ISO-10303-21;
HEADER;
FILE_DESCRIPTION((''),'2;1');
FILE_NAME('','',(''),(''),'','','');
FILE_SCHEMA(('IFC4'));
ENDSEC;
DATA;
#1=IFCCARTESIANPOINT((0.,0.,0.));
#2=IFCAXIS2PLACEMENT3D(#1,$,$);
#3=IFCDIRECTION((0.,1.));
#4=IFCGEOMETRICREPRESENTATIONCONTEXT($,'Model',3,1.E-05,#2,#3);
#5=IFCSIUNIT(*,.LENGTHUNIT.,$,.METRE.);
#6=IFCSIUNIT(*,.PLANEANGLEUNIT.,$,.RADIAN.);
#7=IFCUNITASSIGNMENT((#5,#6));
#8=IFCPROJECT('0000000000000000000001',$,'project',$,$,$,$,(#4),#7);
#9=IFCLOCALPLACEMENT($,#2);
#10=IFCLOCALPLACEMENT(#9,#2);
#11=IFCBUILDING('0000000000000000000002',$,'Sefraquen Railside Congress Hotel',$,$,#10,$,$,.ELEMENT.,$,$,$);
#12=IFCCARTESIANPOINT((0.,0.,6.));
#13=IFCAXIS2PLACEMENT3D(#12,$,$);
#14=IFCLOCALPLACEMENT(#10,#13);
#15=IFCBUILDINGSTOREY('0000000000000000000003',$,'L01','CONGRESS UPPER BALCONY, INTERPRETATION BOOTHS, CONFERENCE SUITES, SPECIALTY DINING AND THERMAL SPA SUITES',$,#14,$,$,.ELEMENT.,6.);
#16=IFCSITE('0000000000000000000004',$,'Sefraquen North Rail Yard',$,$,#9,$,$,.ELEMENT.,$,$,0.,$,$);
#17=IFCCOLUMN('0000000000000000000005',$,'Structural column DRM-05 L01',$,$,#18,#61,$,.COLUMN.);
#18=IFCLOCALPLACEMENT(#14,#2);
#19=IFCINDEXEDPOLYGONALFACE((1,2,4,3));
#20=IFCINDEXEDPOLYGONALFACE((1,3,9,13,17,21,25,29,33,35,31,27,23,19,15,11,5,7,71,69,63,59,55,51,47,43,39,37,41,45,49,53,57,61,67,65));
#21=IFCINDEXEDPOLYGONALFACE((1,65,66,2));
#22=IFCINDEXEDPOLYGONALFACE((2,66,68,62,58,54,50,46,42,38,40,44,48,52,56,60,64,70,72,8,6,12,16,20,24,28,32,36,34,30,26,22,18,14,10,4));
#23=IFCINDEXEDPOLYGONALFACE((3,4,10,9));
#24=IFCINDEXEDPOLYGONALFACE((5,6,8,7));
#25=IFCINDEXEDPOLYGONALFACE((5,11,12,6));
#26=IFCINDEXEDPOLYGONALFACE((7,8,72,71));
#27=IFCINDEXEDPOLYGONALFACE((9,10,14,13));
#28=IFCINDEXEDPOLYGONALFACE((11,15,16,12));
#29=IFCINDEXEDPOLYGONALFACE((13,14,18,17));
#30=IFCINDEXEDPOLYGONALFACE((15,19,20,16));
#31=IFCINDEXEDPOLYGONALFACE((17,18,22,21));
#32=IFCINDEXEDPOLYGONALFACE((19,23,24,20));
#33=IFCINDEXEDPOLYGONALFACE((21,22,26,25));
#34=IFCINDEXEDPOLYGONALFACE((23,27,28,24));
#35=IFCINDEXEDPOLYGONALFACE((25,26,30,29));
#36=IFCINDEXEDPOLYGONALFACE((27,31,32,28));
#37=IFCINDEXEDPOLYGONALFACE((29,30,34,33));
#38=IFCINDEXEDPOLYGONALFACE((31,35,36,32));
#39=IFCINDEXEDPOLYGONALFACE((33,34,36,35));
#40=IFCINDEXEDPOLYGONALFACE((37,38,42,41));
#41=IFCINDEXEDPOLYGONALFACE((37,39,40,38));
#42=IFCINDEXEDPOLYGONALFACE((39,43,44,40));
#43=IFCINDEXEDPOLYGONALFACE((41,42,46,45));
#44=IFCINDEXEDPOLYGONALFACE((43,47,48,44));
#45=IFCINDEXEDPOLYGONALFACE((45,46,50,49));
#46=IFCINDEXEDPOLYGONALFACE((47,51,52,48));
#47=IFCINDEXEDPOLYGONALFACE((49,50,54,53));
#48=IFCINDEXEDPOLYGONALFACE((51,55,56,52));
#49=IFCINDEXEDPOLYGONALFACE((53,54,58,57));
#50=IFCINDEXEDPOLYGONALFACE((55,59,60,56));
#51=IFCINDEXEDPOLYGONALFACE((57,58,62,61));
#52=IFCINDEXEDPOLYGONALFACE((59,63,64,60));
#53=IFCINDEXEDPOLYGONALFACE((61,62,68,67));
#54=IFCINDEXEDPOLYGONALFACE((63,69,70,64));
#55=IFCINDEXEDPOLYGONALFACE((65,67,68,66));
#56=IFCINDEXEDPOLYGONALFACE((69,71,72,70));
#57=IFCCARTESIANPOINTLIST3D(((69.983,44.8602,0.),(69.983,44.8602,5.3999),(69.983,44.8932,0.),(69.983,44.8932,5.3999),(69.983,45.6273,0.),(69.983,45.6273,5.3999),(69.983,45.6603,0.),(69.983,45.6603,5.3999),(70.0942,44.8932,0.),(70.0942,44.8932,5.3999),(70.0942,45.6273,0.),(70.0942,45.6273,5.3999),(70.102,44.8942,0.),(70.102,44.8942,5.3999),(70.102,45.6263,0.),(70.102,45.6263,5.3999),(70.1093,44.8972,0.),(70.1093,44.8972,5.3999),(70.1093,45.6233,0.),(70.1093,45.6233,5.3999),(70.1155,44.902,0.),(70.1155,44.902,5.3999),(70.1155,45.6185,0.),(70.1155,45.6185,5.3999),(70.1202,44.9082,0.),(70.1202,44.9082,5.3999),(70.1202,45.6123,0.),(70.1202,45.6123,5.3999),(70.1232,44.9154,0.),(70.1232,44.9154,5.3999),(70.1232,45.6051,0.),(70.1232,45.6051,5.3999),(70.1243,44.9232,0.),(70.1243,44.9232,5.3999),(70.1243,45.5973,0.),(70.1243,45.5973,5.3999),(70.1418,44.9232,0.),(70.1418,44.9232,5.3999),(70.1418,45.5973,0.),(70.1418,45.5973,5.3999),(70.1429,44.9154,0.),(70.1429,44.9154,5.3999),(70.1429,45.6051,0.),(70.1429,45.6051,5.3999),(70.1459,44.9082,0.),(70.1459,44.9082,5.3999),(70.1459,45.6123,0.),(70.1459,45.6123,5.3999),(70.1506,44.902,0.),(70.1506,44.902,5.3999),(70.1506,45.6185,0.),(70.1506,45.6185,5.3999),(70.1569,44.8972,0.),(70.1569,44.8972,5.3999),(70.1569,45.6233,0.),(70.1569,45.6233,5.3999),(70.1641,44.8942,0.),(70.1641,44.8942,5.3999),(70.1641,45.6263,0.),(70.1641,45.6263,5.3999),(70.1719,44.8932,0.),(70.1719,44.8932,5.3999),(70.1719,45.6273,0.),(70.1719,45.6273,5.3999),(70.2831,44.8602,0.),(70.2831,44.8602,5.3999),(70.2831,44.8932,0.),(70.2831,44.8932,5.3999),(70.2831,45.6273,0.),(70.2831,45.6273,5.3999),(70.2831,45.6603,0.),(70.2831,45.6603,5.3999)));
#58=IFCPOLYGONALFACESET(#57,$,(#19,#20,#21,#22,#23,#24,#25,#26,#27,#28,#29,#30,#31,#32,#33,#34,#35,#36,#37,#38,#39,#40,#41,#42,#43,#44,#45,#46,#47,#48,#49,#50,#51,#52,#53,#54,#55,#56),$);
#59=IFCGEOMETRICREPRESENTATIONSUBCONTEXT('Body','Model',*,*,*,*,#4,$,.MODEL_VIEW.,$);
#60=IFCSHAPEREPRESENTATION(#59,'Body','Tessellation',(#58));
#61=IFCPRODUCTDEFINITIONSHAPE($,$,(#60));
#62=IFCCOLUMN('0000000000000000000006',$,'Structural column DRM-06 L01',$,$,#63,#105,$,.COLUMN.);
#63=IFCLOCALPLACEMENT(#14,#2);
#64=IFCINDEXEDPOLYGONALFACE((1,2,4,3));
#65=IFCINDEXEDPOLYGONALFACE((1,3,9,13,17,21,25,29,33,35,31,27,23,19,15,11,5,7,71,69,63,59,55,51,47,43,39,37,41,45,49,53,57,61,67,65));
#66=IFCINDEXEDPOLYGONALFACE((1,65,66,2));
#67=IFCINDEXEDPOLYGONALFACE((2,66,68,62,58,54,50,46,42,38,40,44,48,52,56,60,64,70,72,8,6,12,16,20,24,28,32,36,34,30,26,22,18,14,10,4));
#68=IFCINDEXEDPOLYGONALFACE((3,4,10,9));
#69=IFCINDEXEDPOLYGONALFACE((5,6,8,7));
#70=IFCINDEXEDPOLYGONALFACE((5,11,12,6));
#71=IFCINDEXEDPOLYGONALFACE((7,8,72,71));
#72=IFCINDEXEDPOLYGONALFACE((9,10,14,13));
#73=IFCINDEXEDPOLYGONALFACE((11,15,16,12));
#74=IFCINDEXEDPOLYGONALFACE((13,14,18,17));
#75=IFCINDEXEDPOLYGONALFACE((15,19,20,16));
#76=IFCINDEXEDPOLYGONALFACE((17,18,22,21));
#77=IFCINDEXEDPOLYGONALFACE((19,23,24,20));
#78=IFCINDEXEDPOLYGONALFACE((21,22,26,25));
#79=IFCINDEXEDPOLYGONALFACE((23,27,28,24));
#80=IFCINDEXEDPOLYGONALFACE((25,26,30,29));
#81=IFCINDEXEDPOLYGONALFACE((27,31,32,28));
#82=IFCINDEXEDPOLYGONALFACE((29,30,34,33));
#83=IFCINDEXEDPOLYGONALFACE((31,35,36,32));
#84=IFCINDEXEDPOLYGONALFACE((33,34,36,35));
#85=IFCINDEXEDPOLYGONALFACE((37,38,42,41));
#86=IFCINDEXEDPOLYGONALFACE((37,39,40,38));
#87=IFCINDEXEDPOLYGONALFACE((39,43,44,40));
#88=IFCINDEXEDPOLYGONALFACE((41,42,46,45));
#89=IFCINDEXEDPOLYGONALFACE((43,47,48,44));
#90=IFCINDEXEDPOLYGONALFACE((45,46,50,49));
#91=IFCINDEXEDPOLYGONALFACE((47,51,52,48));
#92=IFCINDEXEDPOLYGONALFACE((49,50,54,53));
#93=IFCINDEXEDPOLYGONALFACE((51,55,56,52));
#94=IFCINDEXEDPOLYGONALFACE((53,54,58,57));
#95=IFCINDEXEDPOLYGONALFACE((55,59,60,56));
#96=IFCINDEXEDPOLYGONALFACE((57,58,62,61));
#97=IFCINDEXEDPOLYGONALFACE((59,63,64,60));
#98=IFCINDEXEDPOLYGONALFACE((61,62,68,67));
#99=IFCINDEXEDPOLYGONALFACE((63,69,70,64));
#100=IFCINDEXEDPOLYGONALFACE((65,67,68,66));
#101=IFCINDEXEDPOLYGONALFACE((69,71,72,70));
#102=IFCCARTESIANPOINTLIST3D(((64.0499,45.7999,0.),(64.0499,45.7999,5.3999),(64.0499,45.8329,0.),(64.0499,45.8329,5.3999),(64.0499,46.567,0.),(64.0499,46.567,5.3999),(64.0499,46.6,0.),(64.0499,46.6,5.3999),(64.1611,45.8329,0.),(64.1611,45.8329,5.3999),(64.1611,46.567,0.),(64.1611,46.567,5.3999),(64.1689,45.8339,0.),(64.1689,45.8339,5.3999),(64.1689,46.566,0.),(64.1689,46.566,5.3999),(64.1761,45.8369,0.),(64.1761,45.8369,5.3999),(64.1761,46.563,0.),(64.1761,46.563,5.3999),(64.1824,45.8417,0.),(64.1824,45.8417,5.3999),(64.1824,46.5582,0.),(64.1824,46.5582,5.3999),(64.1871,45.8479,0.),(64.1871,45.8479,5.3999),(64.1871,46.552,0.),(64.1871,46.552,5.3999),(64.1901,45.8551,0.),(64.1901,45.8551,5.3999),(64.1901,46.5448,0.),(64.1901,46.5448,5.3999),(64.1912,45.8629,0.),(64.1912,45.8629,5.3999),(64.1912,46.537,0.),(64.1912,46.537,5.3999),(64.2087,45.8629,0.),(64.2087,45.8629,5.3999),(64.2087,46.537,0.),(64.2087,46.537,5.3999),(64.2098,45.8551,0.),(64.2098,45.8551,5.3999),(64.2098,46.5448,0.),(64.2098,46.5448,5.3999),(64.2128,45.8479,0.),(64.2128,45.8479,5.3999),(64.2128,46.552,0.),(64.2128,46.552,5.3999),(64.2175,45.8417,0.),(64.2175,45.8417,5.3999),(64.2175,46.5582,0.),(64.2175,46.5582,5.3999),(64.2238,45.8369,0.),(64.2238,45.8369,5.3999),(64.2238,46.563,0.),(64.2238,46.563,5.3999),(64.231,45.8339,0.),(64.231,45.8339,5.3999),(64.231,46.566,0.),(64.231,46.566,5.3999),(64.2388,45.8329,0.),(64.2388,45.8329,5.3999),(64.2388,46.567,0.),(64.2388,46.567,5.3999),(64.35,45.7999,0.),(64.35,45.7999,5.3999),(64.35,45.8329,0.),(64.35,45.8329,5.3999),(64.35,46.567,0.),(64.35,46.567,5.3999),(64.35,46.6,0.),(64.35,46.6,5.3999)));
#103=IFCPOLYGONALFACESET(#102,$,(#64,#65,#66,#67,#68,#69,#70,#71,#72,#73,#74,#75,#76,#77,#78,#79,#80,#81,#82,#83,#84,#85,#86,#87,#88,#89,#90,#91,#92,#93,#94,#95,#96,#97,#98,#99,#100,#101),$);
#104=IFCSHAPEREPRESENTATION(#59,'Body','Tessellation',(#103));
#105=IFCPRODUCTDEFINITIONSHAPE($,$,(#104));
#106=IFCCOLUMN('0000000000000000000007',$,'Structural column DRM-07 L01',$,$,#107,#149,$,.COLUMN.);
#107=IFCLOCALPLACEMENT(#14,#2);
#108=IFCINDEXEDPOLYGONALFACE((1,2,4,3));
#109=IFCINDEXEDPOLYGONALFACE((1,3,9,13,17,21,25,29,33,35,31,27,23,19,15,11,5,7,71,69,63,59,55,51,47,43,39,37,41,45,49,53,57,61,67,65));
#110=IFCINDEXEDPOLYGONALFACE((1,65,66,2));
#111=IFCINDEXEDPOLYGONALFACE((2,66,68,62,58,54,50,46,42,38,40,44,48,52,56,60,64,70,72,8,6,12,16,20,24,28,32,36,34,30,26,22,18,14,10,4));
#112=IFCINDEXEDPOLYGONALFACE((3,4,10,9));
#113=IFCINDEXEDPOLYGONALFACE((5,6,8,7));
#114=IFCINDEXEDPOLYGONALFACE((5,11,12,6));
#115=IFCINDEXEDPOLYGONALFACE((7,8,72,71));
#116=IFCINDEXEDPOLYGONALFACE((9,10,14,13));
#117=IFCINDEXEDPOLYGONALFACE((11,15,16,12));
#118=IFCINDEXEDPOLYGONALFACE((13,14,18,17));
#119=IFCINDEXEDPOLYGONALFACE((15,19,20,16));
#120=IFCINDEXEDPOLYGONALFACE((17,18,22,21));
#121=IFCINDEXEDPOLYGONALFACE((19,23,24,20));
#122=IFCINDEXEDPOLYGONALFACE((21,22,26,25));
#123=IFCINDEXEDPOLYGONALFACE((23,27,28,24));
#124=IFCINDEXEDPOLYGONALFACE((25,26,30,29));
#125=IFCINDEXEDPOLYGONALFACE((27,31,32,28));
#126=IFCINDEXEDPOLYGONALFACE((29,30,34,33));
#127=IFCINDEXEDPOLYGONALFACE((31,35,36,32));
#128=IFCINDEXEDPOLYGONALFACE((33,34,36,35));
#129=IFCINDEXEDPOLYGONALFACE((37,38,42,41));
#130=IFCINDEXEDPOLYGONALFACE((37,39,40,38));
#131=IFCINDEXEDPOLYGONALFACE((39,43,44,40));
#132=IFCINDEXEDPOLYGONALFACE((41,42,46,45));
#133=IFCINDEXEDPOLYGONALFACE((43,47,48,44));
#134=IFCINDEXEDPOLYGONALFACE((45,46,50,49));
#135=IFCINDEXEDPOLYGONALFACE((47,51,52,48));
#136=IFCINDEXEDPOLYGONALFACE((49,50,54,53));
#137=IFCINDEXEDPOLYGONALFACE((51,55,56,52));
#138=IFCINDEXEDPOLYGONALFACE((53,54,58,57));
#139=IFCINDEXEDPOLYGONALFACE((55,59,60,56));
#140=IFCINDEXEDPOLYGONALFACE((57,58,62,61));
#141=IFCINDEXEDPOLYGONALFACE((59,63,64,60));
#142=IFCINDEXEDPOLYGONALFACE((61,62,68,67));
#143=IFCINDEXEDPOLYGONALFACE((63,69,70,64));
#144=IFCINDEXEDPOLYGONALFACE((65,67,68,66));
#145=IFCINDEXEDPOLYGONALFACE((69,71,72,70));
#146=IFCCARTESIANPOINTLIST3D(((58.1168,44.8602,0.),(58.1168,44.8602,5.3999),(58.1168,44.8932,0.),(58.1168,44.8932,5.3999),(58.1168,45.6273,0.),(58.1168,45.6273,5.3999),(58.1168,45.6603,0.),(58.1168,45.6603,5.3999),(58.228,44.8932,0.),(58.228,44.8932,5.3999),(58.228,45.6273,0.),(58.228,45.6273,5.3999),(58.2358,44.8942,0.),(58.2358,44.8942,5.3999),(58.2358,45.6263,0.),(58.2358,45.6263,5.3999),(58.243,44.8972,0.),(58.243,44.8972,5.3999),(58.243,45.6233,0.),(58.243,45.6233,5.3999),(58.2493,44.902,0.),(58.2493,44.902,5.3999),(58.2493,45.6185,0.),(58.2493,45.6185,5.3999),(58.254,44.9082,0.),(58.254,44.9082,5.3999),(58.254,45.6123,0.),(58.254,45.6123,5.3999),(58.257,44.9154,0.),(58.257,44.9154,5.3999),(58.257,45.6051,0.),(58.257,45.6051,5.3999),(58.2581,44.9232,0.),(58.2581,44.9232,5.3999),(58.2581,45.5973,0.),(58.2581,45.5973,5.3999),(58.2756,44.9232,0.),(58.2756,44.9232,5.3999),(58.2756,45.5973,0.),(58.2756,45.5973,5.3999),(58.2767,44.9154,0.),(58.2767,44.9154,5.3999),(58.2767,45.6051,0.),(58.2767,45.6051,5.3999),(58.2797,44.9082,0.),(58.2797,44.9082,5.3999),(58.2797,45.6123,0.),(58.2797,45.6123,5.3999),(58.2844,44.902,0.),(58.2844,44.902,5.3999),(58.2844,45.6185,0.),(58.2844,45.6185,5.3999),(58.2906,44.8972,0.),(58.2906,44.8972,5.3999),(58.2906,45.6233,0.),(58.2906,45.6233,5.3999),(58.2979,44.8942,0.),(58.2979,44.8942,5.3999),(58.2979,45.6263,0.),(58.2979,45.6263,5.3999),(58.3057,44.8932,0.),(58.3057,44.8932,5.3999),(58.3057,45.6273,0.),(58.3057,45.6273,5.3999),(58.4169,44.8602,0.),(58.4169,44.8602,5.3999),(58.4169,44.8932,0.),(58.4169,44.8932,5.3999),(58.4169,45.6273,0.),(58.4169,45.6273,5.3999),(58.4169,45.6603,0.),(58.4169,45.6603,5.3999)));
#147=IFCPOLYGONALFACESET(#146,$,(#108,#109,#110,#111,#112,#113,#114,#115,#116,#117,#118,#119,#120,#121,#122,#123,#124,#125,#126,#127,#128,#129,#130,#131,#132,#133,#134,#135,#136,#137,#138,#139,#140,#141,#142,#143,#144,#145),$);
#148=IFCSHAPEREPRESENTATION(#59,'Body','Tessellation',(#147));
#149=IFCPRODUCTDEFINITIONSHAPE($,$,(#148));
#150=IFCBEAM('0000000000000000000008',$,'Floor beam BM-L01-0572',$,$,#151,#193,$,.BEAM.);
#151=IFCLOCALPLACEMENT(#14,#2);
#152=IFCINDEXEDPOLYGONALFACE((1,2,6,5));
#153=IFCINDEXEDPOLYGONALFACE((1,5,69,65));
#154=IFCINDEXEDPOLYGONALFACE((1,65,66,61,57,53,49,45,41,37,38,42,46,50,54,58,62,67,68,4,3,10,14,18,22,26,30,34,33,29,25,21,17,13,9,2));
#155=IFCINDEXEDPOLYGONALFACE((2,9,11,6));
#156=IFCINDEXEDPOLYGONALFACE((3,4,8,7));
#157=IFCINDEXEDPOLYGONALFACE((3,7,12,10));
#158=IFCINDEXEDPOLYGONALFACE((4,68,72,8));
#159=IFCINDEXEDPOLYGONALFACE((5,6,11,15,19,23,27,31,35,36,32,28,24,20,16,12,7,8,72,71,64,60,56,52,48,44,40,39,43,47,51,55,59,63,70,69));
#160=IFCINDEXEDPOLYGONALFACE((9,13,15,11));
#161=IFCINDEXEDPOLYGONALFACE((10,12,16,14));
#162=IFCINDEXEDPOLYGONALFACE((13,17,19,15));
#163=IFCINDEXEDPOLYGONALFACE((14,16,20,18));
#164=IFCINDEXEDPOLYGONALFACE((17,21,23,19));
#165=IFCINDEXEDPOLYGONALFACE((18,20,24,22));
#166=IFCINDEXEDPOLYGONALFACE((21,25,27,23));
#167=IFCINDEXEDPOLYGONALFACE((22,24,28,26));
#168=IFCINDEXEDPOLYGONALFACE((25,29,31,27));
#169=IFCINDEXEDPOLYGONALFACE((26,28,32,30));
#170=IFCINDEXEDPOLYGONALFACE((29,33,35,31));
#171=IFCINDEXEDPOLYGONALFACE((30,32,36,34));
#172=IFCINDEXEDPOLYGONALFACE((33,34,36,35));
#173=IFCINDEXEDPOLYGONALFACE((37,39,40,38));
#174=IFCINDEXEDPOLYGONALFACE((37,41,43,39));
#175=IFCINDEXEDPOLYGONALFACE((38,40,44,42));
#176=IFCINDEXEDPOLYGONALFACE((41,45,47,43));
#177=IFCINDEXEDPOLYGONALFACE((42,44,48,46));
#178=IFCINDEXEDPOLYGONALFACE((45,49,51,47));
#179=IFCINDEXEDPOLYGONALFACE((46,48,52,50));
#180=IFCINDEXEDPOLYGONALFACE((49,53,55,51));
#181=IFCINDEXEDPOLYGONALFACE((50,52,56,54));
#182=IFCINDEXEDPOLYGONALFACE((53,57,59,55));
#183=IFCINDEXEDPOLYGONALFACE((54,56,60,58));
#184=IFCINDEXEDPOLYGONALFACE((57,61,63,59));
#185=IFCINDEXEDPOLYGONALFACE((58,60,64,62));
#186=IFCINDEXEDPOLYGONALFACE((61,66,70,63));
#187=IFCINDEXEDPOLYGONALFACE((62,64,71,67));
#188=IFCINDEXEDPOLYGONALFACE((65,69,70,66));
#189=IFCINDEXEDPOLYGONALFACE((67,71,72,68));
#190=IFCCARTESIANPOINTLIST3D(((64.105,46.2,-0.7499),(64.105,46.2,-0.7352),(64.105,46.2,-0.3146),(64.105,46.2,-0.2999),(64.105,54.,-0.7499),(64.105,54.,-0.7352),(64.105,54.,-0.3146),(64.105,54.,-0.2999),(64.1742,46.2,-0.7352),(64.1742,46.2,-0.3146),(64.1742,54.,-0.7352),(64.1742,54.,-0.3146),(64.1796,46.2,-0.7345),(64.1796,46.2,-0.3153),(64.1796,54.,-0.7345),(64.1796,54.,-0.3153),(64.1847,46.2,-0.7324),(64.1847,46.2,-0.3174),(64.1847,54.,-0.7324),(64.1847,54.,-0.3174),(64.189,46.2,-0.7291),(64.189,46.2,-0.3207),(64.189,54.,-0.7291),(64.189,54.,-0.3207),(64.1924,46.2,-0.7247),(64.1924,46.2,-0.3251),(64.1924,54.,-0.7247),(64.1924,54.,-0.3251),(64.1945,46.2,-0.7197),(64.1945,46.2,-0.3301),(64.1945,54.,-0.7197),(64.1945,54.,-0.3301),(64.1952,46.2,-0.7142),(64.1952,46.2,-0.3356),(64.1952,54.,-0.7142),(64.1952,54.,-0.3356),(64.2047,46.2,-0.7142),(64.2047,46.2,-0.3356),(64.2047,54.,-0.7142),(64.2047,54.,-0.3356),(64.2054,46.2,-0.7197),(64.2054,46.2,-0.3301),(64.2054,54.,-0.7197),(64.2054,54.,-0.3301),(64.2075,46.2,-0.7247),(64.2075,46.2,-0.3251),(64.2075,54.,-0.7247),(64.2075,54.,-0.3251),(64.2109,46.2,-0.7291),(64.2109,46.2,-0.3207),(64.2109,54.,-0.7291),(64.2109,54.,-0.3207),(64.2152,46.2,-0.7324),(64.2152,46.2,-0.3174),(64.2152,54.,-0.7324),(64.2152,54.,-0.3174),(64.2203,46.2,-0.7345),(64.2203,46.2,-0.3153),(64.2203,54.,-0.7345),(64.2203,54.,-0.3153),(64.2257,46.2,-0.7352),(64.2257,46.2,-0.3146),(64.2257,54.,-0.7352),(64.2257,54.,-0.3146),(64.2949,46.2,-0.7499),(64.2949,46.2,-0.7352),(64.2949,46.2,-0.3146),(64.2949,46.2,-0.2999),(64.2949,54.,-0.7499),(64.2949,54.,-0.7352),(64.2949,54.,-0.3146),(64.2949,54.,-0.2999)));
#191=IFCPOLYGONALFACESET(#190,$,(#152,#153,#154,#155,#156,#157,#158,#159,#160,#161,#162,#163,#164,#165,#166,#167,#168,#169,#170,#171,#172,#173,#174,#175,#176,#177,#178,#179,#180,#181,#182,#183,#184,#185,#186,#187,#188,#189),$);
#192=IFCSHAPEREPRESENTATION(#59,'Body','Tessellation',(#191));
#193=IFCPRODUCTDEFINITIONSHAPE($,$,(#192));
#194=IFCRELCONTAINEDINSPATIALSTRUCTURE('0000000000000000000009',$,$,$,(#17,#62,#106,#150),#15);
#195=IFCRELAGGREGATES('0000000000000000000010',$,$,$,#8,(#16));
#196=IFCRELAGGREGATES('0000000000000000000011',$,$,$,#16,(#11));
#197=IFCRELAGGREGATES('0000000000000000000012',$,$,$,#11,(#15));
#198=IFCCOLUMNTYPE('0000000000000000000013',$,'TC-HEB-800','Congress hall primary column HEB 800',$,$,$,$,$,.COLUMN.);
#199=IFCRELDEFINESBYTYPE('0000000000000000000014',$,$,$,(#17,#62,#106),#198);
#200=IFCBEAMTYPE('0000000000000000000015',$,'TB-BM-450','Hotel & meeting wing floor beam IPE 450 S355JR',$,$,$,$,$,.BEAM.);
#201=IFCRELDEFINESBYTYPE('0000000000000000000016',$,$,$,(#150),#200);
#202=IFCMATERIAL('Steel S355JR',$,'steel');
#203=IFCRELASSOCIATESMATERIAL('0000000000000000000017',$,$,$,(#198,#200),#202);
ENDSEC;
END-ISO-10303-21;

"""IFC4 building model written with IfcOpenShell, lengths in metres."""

from ifc_helpers import new_model, si_unit, direction, frame, origin, origin_2d, place, context, subcontext, project, spatial, i_section, extrude, material, material_profile, profile_set, type_object, element, save


model = new_model("IFC4")

# Units and contexts
model_context = context("Model", 3, precision=1e-05, world=origin(), true_north=direction((0.0, 1.0)))
body_context = subcontext(model_context, "Body", "Model", "MODEL_VIEW")
ifc_project = project(units=[si_unit("LENGTHUNIT", "METRE"), si_unit("PLANEANGLEUNIT", "RADIAN")], contexts=[model_context])

# Site, building, storey
site_placement = place(None, origin())
site = spatial("IfcSite", under=ifc_project, at=site_placement, Name="Sefraquen North Rail Yard", CompositionType="ELEMENT", RefElevation=0.0)
building_placement = place(site_placement, origin())
building = spatial("IfcBuilding", under=site, at=building_placement, Name="Sefraquen Railside Congress Hotel", CompositionType="ELEMENT")
storey_placement = place(building_placement, frame((0.0, 0.0, 6.0)))
storey = spatial("IfcBuildingStorey", under=building, at=storey_placement, Name="L01", Description="CONGRESS UPPER BALCONY, INTERPRETATION BOOTHS, CONFERENCE SUITES, SPECIALTY DINING AND THERMAL SPA SUITES", CompositionType="ELEMENT", Elevation=6.0)

# Columns
ifc_material_1 = material(Name="Steel S355JR", Category="steel")
ifc_material_profile_1 = material_profile(ifc_material_1, i_section(OverallWidth=0.3, OverallDepth=0.8, WebThickness=0.0176, FlangeThickness=0.033, FilletRadius=0.03, at=origin_2d()), Name="HEB 800")
ifc_profile_set_1 = profile_set([ifc_material_profile_1], Name="Steel S355JR")
column_type_1 = type_object("IfcColumnType", Name="TC-HEB-800", Description="Congress hall primary column HEB 800", PredefinedType="COLUMN", material=ifc_profile_set_1)
for number, where, z_axis, x_axis, name in (
    (1, (70.1331, 45.2603, 0.0), (0.0, 0.0, 1.0), (1.0, 0.0, 0.0), "Structural column DRM-05 L01"),
    (2, (64.2, 46.2, 0.0), (0.0, 0.0, 1.0), (1.0, 0.0, 0.0), "Structural column DRM-06 L01"),
    (3, (58.2668, 45.2603, 0.0), (0.0, 0.0, 1.0), (1.0, 0.0, 0.0), "Structural column DRM-07 L01"),
):
    element("IfcColumn", number, at=place(storey_placement, frame(where, z_axis=z_axis, x_axis=x_axis)), inside=storey, type_object=column_type_1, Name=name, PredefinedType="COLUMN", context=body_context, shape_type="SweptSolid", body=[
        extrude(i_section(OverallWidth=0.3, OverallDepth=0.8, WebThickness=0.0176, FlangeThickness=0.033, FilletRadius=0.03, at=origin_2d()), origin(), (0.0, 0.0, 1.0), 5.3999),
    ])

# Beam
ifc_material_profile_2 = material_profile(ifc_material_1, i_section(OverallWidth=0.1899, OverallDepth=0.45, WebThickness=0.0095, FlangeThickness=0.0146, FilletRadius=0.021, at=origin_2d()), Name="IPE 450")
ifc_profile_set_2 = profile_set([ifc_material_profile_2], Name="Steel S355JR")
beam_type_1 = type_object("IfcBeamType", Name="TB-BM-450", Description="Hotel & meeting wing floor beam IPE 450 S355JR", PredefinedType="BEAM", material=ifc_profile_set_2)
beam_1_placement = place(storey_placement, frame((64.2, 46.2, -0.5249), z_axis=(0.0, 1.0, 0.0), x_axis=(-1.0, 0.0, 0.0)))
element("IfcBeam", 4, at=beam_1_placement, inside=storey, type_object=beam_type_1, Name="Floor beam BM-L01-0572", PredefinedType="BEAM", context=body_context, shape_type="SweptSolid", body=[
    extrude(i_section(OverallWidth=0.1899, OverallDepth=0.45, WebThickness=0.0095, FlangeThickness=0.0146, FilletRadius=0.021, at=origin_2d()), origin(), (0.0, 0.0, 1.0), 7.8),
])

save(model, "model.ifc")
